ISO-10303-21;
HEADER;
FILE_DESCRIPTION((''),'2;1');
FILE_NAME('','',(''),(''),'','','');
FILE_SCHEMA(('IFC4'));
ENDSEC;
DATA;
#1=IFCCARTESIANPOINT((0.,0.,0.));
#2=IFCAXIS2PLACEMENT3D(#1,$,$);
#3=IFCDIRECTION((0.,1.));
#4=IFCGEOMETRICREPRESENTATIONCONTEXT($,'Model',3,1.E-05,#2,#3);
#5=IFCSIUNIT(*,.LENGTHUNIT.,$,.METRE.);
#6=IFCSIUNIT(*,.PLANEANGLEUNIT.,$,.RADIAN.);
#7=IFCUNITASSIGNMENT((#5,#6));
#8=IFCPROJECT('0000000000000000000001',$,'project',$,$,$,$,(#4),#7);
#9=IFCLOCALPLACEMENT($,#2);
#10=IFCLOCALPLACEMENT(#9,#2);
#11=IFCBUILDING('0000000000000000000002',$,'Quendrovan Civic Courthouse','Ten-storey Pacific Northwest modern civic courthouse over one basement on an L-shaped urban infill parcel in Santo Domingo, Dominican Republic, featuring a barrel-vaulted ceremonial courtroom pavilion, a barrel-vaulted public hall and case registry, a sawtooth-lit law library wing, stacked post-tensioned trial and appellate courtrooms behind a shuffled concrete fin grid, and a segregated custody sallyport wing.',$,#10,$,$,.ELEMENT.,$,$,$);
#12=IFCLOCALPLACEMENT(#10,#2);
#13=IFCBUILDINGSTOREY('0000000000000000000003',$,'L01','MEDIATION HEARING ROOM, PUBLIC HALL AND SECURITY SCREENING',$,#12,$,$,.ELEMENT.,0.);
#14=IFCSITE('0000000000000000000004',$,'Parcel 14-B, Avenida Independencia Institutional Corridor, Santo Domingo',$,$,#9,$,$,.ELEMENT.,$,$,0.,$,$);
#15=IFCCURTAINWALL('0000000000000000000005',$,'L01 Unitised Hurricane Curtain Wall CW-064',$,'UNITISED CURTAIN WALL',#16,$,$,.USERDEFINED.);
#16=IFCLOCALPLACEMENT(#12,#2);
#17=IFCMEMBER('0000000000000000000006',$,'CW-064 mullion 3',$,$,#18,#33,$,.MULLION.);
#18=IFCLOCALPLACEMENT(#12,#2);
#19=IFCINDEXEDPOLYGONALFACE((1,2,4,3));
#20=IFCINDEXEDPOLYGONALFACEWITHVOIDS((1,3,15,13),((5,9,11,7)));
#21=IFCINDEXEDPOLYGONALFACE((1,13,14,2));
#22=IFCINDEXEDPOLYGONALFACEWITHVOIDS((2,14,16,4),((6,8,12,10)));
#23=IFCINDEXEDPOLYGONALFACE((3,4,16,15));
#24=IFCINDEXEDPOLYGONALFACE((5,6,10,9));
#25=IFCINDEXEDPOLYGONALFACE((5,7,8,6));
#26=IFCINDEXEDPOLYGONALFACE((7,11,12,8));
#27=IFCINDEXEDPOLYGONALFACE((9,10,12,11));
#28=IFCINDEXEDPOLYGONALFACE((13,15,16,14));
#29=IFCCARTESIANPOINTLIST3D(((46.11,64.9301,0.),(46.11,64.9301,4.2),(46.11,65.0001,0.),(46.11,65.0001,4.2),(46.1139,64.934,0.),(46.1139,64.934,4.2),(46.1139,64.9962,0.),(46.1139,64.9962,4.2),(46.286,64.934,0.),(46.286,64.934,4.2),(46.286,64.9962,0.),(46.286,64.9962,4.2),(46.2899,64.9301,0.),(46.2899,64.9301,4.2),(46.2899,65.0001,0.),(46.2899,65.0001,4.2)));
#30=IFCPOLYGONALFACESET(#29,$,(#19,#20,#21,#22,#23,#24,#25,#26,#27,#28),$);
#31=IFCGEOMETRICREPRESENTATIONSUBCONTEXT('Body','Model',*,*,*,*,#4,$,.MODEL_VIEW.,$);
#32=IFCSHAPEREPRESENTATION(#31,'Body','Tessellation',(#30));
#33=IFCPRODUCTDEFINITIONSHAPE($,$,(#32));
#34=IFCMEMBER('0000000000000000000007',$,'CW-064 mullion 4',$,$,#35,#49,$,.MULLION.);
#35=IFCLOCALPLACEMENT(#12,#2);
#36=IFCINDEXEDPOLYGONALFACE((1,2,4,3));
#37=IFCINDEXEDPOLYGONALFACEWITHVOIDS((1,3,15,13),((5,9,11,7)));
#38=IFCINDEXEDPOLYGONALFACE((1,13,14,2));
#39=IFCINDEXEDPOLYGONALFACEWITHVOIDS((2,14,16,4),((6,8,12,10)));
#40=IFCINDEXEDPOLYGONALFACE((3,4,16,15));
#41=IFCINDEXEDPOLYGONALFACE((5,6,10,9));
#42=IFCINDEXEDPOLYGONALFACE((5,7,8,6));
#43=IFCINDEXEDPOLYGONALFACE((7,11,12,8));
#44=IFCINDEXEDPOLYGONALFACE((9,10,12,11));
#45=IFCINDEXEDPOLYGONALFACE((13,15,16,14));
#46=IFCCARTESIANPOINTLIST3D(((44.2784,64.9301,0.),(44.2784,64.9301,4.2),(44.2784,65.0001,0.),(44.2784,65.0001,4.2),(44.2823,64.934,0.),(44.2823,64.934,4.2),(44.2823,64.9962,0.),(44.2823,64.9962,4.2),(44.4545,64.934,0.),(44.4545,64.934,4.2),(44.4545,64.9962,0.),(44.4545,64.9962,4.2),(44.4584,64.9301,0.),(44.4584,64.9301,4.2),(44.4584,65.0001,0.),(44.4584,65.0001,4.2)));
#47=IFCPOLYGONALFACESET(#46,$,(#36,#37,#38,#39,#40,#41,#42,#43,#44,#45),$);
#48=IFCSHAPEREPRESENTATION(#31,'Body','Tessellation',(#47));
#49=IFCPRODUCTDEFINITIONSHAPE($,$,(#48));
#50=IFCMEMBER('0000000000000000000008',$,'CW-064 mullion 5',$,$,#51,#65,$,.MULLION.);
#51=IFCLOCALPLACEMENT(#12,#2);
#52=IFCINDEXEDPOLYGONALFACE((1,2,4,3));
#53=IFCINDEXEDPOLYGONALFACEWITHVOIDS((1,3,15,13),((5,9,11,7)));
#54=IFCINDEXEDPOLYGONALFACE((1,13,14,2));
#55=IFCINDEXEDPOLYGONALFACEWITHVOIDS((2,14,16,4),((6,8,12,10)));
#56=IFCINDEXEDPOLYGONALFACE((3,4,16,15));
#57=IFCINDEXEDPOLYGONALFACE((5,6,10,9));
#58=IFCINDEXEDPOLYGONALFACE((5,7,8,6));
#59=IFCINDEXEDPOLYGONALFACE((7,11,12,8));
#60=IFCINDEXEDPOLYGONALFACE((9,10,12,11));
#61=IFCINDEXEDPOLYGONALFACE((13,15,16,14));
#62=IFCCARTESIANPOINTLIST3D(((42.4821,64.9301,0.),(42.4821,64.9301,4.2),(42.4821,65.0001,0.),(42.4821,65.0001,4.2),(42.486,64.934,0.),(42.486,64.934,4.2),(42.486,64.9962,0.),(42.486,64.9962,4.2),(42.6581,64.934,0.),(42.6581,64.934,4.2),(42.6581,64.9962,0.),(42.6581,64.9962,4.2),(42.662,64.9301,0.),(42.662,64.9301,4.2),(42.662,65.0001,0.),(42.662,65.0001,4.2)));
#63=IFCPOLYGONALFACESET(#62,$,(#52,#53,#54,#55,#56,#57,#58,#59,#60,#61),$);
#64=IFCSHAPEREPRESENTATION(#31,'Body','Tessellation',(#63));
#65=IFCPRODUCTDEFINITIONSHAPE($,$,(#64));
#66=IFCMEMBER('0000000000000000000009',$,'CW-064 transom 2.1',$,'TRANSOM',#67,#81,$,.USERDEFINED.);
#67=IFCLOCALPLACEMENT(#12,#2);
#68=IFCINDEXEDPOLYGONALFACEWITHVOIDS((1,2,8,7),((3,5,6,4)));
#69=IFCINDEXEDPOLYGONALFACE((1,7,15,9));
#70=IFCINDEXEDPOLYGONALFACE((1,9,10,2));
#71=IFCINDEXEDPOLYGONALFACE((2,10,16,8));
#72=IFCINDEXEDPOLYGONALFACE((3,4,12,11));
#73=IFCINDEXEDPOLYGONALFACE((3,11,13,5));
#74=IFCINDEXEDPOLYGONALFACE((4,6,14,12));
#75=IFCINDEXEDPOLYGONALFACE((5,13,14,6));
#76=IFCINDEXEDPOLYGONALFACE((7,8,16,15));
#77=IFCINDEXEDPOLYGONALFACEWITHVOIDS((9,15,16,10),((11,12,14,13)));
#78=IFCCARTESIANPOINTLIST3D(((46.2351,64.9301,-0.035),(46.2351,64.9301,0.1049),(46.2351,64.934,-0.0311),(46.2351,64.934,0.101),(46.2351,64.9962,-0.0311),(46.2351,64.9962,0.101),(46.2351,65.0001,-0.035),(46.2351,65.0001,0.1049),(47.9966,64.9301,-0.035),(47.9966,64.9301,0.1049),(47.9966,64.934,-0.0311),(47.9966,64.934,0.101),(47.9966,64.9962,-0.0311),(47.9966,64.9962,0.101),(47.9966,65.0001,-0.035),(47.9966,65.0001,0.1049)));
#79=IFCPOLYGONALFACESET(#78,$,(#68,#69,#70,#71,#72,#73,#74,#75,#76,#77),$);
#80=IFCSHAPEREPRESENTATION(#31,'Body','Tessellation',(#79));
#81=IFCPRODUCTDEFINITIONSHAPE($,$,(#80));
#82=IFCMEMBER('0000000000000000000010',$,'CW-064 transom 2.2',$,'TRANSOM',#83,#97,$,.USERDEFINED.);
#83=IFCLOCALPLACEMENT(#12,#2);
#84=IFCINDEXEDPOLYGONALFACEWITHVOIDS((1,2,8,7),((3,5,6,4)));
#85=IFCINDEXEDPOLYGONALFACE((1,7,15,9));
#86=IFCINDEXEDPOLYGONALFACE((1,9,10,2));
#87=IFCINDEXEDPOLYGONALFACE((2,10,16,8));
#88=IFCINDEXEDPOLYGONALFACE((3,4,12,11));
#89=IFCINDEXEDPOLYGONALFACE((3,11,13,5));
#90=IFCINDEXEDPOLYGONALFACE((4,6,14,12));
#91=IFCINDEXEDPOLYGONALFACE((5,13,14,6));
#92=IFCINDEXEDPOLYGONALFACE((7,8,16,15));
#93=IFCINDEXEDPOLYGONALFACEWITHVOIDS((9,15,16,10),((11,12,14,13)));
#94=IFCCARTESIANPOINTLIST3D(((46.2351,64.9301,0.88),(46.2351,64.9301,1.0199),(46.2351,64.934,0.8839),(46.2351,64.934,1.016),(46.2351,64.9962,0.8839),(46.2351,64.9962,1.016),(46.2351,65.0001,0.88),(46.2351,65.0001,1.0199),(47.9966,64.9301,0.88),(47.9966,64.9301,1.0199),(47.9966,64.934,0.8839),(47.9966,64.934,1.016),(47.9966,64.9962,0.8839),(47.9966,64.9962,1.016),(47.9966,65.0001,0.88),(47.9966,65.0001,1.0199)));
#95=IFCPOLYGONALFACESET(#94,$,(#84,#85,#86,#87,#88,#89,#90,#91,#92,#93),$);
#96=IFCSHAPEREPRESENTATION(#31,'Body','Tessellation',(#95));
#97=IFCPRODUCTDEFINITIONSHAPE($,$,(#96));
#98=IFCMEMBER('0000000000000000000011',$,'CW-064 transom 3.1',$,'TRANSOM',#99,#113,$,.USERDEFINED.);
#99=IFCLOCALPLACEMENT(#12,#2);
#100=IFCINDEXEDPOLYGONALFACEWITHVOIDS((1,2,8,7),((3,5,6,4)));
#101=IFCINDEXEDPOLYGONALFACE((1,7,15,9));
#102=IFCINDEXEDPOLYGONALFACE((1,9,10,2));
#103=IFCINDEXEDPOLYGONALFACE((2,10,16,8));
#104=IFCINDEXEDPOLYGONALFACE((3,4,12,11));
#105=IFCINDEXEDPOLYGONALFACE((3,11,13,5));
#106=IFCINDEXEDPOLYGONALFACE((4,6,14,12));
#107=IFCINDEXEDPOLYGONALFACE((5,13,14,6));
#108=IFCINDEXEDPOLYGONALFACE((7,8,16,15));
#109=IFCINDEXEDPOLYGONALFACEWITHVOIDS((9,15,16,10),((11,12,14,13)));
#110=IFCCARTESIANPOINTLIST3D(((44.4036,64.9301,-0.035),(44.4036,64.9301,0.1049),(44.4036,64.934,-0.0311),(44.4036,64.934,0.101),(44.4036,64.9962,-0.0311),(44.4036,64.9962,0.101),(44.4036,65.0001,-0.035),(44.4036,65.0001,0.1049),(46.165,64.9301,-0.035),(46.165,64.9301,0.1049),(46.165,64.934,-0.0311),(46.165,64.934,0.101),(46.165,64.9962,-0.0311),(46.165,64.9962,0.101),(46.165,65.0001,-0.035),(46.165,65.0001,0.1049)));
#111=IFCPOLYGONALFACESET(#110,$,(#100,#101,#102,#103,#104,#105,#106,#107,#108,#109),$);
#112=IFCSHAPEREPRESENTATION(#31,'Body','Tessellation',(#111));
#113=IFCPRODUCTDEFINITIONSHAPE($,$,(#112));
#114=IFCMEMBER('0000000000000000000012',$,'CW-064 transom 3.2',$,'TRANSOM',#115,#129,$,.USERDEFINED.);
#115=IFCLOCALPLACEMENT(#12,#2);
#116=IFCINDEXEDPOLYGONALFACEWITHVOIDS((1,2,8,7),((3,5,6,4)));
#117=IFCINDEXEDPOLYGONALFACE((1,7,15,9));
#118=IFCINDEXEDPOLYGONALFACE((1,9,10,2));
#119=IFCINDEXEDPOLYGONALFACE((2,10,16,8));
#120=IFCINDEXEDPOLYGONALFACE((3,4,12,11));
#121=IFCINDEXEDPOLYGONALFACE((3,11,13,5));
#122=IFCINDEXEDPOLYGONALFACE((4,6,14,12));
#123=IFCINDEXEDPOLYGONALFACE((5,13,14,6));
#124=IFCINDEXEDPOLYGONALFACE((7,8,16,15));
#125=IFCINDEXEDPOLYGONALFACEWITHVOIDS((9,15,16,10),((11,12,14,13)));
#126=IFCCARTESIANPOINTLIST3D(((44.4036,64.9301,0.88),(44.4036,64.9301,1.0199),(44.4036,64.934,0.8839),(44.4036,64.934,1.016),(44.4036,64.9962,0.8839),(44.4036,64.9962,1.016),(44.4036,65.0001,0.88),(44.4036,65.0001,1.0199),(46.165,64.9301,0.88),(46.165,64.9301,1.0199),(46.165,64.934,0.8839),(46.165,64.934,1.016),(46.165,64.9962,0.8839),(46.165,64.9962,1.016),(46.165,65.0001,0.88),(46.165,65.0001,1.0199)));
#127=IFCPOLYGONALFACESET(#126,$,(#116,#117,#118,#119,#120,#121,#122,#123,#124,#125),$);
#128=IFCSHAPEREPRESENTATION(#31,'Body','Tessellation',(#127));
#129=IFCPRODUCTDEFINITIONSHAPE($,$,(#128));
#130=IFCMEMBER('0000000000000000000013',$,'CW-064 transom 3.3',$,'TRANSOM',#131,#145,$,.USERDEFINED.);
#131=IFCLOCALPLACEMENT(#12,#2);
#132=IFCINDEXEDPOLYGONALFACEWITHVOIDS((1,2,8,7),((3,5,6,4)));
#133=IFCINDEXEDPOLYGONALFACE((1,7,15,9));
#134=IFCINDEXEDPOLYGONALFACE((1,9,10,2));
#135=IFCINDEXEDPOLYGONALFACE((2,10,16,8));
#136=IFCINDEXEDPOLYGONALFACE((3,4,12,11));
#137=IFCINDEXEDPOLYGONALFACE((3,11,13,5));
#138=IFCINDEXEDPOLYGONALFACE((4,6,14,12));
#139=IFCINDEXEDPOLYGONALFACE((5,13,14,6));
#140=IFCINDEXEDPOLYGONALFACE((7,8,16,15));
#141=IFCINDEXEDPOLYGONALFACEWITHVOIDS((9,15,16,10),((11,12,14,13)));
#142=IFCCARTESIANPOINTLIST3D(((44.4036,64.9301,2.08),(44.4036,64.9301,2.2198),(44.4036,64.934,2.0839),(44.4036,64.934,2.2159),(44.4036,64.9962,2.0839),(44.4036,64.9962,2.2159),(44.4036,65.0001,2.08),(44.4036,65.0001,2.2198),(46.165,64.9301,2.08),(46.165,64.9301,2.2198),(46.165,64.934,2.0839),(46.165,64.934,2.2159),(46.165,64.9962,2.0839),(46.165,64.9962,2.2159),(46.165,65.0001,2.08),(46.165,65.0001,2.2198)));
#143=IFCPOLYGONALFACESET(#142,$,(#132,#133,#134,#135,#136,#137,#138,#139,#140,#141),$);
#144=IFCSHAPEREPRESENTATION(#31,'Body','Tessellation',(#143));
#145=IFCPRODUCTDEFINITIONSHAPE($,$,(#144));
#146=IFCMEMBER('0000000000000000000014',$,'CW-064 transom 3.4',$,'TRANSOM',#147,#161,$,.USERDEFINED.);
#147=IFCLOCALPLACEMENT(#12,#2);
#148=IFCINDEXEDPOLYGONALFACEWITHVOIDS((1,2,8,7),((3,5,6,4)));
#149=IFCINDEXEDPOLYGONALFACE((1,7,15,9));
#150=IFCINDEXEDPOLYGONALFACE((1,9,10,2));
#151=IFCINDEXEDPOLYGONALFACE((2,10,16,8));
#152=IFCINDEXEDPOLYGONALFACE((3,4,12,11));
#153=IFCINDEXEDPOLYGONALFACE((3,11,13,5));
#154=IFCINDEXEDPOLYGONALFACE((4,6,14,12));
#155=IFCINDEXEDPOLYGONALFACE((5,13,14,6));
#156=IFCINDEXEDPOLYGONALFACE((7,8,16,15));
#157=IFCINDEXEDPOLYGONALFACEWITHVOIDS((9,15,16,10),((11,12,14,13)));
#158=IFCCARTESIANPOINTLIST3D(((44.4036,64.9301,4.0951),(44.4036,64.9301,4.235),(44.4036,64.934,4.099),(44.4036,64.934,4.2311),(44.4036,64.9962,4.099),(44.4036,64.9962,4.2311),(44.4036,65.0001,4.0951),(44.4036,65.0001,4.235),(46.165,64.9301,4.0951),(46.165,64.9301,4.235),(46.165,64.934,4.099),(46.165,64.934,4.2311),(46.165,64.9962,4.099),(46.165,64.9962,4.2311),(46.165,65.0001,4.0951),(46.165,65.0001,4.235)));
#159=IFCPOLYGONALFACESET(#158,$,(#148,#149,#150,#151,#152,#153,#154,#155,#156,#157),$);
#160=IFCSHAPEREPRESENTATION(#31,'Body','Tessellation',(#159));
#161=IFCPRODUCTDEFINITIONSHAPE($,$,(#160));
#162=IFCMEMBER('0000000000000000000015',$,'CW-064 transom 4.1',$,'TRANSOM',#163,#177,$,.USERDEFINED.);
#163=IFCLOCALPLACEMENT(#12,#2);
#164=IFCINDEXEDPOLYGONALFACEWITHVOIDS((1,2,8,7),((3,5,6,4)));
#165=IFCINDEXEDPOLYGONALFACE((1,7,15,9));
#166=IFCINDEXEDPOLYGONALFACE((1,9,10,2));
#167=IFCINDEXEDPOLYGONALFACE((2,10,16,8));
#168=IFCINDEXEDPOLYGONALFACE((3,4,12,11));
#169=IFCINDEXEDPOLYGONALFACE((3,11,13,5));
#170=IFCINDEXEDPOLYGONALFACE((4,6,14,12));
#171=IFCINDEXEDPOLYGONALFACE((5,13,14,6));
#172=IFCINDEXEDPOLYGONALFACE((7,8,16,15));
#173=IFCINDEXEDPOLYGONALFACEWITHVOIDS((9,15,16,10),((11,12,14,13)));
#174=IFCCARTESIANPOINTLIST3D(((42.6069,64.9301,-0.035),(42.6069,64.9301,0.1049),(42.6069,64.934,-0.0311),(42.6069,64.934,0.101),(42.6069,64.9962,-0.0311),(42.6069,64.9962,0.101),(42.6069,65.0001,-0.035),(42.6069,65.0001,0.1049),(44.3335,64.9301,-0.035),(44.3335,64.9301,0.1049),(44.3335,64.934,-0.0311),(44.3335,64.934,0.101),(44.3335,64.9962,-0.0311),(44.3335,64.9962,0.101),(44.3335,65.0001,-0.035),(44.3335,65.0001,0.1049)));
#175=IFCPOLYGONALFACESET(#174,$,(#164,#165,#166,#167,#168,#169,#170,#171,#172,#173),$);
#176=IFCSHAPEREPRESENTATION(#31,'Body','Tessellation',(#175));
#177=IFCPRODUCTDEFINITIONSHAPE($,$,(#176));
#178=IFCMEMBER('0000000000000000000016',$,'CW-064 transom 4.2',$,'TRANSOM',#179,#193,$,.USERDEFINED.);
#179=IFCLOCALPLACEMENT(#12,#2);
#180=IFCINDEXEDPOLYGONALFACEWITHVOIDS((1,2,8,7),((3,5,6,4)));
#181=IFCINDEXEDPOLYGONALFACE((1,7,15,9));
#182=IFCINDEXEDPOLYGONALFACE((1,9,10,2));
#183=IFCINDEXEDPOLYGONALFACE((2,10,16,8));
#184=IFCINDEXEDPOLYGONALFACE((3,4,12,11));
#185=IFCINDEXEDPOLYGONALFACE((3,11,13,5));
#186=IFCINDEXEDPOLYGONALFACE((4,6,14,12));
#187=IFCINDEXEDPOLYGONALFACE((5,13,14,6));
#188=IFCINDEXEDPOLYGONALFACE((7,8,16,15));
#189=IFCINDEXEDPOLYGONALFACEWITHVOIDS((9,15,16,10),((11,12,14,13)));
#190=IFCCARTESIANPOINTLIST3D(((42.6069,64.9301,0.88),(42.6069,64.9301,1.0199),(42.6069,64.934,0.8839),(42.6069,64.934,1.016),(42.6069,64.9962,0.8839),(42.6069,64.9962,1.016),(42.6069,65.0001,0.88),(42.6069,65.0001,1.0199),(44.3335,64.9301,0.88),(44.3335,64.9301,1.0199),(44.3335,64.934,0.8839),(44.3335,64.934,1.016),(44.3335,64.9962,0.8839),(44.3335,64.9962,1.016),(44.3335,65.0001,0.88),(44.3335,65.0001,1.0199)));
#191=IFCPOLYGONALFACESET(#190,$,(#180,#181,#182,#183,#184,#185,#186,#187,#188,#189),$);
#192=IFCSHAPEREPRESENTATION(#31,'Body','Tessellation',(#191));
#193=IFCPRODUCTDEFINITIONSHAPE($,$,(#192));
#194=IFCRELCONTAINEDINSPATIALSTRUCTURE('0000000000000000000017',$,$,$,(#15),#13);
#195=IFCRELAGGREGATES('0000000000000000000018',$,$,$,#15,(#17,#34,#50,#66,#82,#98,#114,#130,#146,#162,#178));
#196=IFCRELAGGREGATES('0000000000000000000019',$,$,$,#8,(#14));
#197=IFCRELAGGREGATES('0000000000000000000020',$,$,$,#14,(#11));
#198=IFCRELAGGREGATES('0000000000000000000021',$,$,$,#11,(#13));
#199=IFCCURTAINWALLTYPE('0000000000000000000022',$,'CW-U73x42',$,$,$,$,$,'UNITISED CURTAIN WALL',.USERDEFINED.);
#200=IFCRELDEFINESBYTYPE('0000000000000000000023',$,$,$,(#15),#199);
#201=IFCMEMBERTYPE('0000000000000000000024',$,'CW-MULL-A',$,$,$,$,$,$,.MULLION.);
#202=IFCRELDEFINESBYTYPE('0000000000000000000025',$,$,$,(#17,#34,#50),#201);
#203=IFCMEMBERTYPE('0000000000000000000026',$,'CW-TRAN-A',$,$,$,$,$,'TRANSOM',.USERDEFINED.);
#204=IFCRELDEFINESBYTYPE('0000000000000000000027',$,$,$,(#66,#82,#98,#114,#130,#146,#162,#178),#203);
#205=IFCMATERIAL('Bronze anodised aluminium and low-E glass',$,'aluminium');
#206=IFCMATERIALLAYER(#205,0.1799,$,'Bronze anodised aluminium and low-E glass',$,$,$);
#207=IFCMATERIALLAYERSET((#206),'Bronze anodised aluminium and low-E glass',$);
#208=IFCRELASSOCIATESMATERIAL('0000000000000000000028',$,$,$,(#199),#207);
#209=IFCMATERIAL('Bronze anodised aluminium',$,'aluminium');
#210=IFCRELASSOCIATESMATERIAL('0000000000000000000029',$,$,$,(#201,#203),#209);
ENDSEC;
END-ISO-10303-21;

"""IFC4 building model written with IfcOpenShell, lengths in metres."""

from ifc_helpers import new_model, si_unit, direction, frame, origin, origin_2d, place, context, subcontext, project, spatial, hollow_rectangle, extrude, material, layer, layer_set, material_profile, profile_set, type_object, element, aggregate, save


model = new_model("IFC4")

# Units and contexts
model_context = context("Model", 3, precision=1e-05, world=origin(), true_north=direction((0.0, 1.0)))
body_context = subcontext(model_context, "Body", "Model", "MODEL_VIEW")
ifc_project = project(units=[si_unit("LENGTHUNIT", "METRE"), si_unit("PLANEANGLEUNIT", "RADIAN")], contexts=[model_context])

# Site, building, storey
site_placement = place(None, origin())
site = spatial("IfcSite", under=ifc_project, at=site_placement, Name="Parcel 14-B, Avenida Independencia Institutional Corridor, Santo Domingo", CompositionType="ELEMENT", RefElevation=0.0)
building_placement = place(site_placement, origin())
building = spatial("IfcBuilding", under=site, at=building_placement, Name="Quendrovan Civic Courthouse", Description="Ten-storey Pacific Northwest modern civic courthouse over one basement on an L-shaped urban infill parcel in Santo Domingo, Dominican Republic, featuring a barrel-vaulted ceremonial courtroom pavilion, a barrel-vaulted public hall and case registry, a sawtooth-lit law library wing, stacked post-tensioned trial and appellate courtrooms behind a shuffled concrete fin grid, and a segregated custody sallyport wing.", CompositionType="ELEMENT")
storey_placement = place(building_placement, origin())
storey = spatial("IfcBuildingStorey", under=building, at=storey_placement, Name="L01", Description="MEDIATION HEARING ROOM, PUBLIC HALL AND SECURITY SCREENING", CompositionType="ELEMENT", Elevation=0.0)

# Curtain wall, members
ifc_material_1 = material(Name="Bronze anodised aluminium and low-E glass", Category="aluminium")
ifc_layer_1 = layer(ifc_material_1, 0.1799, Name="Bronze anodised aluminium and low-E glass")
ifc_layer_set_1 = layer_set([ifc_layer_1], Name="Bronze anodised aluminium and low-E glass")
curtain_wall_type = type_object("IfcCurtainWallType", Name="CW-U73x42", ElementType="UNITISED CURTAIN WALL", PredefinedType="USERDEFINED", material=ifc_layer_set_1)
curtain_wall_placement = place(storey_placement, origin())
curtain_wall = element("IfcCurtainWall", 1, at=curtain_wall_placement, inside=storey, type_object=curtain_wall_type, Name="L01 Unitised Hurricane Curtain Wall CW-064", ObjectType="UNITISED CURTAIN WALL", PredefinedType="USERDEFINED")
ifc_material_2 = material(Name="Bronze anodised aluminium", Category="aluminium")
ifc_material_profile_1 = material_profile(ifc_material_2, hollow_rectangle(XDim=0.0701, YDim=0.1799, WallThickness=0.0039, at=origin_2d()), Name="CW-MULL-70x180")
ifc_profile_set_1 = profile_set([ifc_material_profile_1], Name="Bronze anodised aluminium")
member_type_1 = type_object("IfcMemberType", Name="CW-MULL-A", PredefinedType="MULLION", material=ifc_profile_set_1)
member_1_placement = place(storey_placement, frame((46.2, 64.9651, 0.0), z_axis=(0.0, 0.0, 1.0), x_axis=(0.0, -1.0, 0.0)))
member_1 = element("IfcMember", 2, at=member_1_placement, type_object=member_type_1, Name="CW-064 mullion 3", PredefinedType="MULLION", context=body_context, shape_type="SweptSolid", body=[
    extrude(hollow_rectangle(XDim=0.0701, YDim=0.1799, WallThickness=0.0039, at=origin_2d()), origin(), (0.0, 0.0, 1.0), 4.2),
])
member_2_placement = place(storey_placement, frame((44.3684, 64.9651, 0.0), z_axis=(0.0, 0.0, 1.0), x_axis=(0.0, -1.0, 0.0)))
member_2 = element("IfcMember", 3, at=member_2_placement, type_object=member_type_1, Name="CW-064 mullion 4", PredefinedType="MULLION", context=body_context, shape_type="SweptSolid", body=[
    extrude(hollow_rectangle(XDim=0.0701, YDim=0.1799, WallThickness=0.0039, at=origin_2d()), origin(), (0.0, 0.0, 1.0), 4.2),
])
member_3_placement = place(storey_placement, frame((42.572, 64.9651, 0.0), z_axis=(0.0, 0.0, 1.0), x_axis=(0.0, -1.0, 0.0)))
member_3 = element("IfcMember", 4, at=member_3_placement, type_object=member_type_1, Name="CW-064 mullion 5", PredefinedType="MULLION", context=body_context, shape_type="SweptSolid", body=[
    extrude(hollow_rectangle(XDim=0.0701, YDim=0.1799, WallThickness=0.0039, at=origin_2d()), origin(), (0.0, 0.0, 1.0), 4.2),
])
ifc_material_profile_2 = material_profile(ifc_material_2, hollow_rectangle(XDim=0.0701, YDim=0.1399, WallThickness=0.0039, at=origin_2d()), Name="CW-TRAN-70x140")
ifc_profile_set_2 = profile_set([ifc_material_profile_2], Name="Bronze anodised aluminium")
member_type_2 = type_object("IfcMemberType", Name="CW-TRAN-A", ElementType="TRANSOM", PredefinedType="USERDEFINED", material=ifc_profile_set_2)
member_4_placement = place(storey_placement, frame((47.9966, 64.9651, 0.0349), z_axis=(-1.0, 0.0, 0.0), x_axis=(0.0, -1.0, 0.0)))
member_4 = element("IfcMember", 5, at=member_4_placement, type_object=member_type_2, Name="CW-064 transom 2.1", ObjectType="TRANSOM", PredefinedType="USERDEFINED", context=body_context, shape_type="SweptSolid", body=[
    extrude(hollow_rectangle(XDim=0.0701, YDim=0.1399, WallThickness=0.0039, at=origin_2d()), origin(), (0.0, 0.0, 1.0), 1.7615),
])
member_5_placement = place(storey_placement, frame((47.9966, 64.9651, 0.95), z_axis=(-1.0, 0.0, 0.0), x_axis=(0.0, -1.0, 0.0)))
member_5 = element("IfcMember", 6, at=member_5_placement, type_object=member_type_2, Name="CW-064 transom 2.2", ObjectType="TRANSOM", PredefinedType="USERDEFINED", context=body_context, shape_type="SweptSolid", body=[
    extrude(hollow_rectangle(XDim=0.0701, YDim=0.1399, WallThickness=0.0039, at=origin_2d()), origin(), (0.0, 0.0, 1.0), 1.7615),
])
member_6_placement = place(storey_placement, frame((46.165, 64.9651, 0.0349), z_axis=(-1.0, 0.0, 0.0), x_axis=(0.0, -1.0, 0.0)))
member_6 = element("IfcMember", 7, at=member_6_placement, type_object=member_type_2, Name="CW-064 transom 3.1", ObjectType="TRANSOM", PredefinedType="USERDEFINED", context=body_context, shape_type="SweptSolid", body=[
    extrude(hollow_rectangle(XDim=0.0701, YDim=0.1399, WallThickness=0.0039, at=origin_2d()), origin(), (0.0, 0.0, 1.0), 1.7615),
])
member_7_placement = place(storey_placement, frame((46.165, 64.9651, 0.95), z_axis=(-1.0, 0.0, 0.0), x_axis=(0.0, -1.0, 0.0)))
member_7 = element("IfcMember", 8, at=member_7_placement, type_object=member_type_2, Name="CW-064 transom 3.2", ObjectType="TRANSOM", PredefinedType="USERDEFINED", context=body_context, shape_type="SweptSolid", body=[
    extrude(hollow_rectangle(XDim=0.0701, YDim=0.1399, WallThickness=0.0039, at=origin_2d()), origin(), (0.0, 0.0, 1.0), 1.7615),
])
member_8_placement = place(storey_placement, frame((46.165, 64.9651, 2.1499), z_axis=(-1.0, 0.0, 0.0), x_axis=(0.0, -1.0, 0.0)))
member_8 = element("IfcMember", 9, at=member_8_placement, type_object=member_type_2, Name="CW-064 transom 3.3", ObjectType="TRANSOM", PredefinedType="USERDEFINED", context=body_context, shape_type="SweptSolid", body=[
    extrude(hollow_rectangle(XDim=0.0701, YDim=0.1399, WallThickness=0.0039, at=origin_2d()), origin(), (0.0, 0.0, 1.0), 1.7615),
])
member_9_placement = place(storey_placement, frame((46.165, 64.9651, 4.165), z_axis=(-1.0, 0.0, 0.0), x_axis=(0.0, -1.0, 0.0)))
member_9 = element("IfcMember", 10, at=member_9_placement, type_object=member_type_2, Name="CW-064 transom 3.4", ObjectType="TRANSOM", PredefinedType="USERDEFINED", context=body_context, shape_type="SweptSolid", body=[
    extrude(hollow_rectangle(XDim=0.0701, YDim=0.1399, WallThickness=0.0039, at=origin_2d()), origin(), (0.0, 0.0, 1.0), 1.7615),
])
member_10_placement = place(storey_placement, frame((44.3335, 64.9651, 0.0349), z_axis=(-1.0, 0.0, 0.0), x_axis=(0.0, -1.0, 0.0)))
member_10 = element("IfcMember", 11, at=member_10_placement, type_object=member_type_2, Name="CW-064 transom 4.1", ObjectType="TRANSOM", PredefinedType="USERDEFINED", context=body_context, shape_type="SweptSolid", body=[
    extrude(hollow_rectangle(XDim=0.0701, YDim=0.1399, WallThickness=0.0039, at=origin_2d()), origin(), (0.0, 0.0, 1.0), 1.7266),
])
member_11_placement = place(storey_placement, frame((44.3335, 64.9651, 0.95), z_axis=(-1.0, 0.0, 0.0), x_axis=(0.0, -1.0, 0.0)))
member_11 = element("IfcMember", 12, at=member_11_placement, type_object=member_type_2, Name="CW-064 transom 4.2", ObjectType="TRANSOM", PredefinedType="USERDEFINED", context=body_context, shape_type="SweptSolid", body=[
    extrude(hollow_rectangle(XDim=0.0701, YDim=0.1399, WallThickness=0.0039, at=origin_2d()), origin(), (0.0, 0.0, 1.0), 1.7266),
])
aggregate(curtain_wall, [member_1, member_2, member_3, member_4, member_5, member_6, member_7, member_8, member_9, member_10, member_11])

save(model, "model.ifc")
